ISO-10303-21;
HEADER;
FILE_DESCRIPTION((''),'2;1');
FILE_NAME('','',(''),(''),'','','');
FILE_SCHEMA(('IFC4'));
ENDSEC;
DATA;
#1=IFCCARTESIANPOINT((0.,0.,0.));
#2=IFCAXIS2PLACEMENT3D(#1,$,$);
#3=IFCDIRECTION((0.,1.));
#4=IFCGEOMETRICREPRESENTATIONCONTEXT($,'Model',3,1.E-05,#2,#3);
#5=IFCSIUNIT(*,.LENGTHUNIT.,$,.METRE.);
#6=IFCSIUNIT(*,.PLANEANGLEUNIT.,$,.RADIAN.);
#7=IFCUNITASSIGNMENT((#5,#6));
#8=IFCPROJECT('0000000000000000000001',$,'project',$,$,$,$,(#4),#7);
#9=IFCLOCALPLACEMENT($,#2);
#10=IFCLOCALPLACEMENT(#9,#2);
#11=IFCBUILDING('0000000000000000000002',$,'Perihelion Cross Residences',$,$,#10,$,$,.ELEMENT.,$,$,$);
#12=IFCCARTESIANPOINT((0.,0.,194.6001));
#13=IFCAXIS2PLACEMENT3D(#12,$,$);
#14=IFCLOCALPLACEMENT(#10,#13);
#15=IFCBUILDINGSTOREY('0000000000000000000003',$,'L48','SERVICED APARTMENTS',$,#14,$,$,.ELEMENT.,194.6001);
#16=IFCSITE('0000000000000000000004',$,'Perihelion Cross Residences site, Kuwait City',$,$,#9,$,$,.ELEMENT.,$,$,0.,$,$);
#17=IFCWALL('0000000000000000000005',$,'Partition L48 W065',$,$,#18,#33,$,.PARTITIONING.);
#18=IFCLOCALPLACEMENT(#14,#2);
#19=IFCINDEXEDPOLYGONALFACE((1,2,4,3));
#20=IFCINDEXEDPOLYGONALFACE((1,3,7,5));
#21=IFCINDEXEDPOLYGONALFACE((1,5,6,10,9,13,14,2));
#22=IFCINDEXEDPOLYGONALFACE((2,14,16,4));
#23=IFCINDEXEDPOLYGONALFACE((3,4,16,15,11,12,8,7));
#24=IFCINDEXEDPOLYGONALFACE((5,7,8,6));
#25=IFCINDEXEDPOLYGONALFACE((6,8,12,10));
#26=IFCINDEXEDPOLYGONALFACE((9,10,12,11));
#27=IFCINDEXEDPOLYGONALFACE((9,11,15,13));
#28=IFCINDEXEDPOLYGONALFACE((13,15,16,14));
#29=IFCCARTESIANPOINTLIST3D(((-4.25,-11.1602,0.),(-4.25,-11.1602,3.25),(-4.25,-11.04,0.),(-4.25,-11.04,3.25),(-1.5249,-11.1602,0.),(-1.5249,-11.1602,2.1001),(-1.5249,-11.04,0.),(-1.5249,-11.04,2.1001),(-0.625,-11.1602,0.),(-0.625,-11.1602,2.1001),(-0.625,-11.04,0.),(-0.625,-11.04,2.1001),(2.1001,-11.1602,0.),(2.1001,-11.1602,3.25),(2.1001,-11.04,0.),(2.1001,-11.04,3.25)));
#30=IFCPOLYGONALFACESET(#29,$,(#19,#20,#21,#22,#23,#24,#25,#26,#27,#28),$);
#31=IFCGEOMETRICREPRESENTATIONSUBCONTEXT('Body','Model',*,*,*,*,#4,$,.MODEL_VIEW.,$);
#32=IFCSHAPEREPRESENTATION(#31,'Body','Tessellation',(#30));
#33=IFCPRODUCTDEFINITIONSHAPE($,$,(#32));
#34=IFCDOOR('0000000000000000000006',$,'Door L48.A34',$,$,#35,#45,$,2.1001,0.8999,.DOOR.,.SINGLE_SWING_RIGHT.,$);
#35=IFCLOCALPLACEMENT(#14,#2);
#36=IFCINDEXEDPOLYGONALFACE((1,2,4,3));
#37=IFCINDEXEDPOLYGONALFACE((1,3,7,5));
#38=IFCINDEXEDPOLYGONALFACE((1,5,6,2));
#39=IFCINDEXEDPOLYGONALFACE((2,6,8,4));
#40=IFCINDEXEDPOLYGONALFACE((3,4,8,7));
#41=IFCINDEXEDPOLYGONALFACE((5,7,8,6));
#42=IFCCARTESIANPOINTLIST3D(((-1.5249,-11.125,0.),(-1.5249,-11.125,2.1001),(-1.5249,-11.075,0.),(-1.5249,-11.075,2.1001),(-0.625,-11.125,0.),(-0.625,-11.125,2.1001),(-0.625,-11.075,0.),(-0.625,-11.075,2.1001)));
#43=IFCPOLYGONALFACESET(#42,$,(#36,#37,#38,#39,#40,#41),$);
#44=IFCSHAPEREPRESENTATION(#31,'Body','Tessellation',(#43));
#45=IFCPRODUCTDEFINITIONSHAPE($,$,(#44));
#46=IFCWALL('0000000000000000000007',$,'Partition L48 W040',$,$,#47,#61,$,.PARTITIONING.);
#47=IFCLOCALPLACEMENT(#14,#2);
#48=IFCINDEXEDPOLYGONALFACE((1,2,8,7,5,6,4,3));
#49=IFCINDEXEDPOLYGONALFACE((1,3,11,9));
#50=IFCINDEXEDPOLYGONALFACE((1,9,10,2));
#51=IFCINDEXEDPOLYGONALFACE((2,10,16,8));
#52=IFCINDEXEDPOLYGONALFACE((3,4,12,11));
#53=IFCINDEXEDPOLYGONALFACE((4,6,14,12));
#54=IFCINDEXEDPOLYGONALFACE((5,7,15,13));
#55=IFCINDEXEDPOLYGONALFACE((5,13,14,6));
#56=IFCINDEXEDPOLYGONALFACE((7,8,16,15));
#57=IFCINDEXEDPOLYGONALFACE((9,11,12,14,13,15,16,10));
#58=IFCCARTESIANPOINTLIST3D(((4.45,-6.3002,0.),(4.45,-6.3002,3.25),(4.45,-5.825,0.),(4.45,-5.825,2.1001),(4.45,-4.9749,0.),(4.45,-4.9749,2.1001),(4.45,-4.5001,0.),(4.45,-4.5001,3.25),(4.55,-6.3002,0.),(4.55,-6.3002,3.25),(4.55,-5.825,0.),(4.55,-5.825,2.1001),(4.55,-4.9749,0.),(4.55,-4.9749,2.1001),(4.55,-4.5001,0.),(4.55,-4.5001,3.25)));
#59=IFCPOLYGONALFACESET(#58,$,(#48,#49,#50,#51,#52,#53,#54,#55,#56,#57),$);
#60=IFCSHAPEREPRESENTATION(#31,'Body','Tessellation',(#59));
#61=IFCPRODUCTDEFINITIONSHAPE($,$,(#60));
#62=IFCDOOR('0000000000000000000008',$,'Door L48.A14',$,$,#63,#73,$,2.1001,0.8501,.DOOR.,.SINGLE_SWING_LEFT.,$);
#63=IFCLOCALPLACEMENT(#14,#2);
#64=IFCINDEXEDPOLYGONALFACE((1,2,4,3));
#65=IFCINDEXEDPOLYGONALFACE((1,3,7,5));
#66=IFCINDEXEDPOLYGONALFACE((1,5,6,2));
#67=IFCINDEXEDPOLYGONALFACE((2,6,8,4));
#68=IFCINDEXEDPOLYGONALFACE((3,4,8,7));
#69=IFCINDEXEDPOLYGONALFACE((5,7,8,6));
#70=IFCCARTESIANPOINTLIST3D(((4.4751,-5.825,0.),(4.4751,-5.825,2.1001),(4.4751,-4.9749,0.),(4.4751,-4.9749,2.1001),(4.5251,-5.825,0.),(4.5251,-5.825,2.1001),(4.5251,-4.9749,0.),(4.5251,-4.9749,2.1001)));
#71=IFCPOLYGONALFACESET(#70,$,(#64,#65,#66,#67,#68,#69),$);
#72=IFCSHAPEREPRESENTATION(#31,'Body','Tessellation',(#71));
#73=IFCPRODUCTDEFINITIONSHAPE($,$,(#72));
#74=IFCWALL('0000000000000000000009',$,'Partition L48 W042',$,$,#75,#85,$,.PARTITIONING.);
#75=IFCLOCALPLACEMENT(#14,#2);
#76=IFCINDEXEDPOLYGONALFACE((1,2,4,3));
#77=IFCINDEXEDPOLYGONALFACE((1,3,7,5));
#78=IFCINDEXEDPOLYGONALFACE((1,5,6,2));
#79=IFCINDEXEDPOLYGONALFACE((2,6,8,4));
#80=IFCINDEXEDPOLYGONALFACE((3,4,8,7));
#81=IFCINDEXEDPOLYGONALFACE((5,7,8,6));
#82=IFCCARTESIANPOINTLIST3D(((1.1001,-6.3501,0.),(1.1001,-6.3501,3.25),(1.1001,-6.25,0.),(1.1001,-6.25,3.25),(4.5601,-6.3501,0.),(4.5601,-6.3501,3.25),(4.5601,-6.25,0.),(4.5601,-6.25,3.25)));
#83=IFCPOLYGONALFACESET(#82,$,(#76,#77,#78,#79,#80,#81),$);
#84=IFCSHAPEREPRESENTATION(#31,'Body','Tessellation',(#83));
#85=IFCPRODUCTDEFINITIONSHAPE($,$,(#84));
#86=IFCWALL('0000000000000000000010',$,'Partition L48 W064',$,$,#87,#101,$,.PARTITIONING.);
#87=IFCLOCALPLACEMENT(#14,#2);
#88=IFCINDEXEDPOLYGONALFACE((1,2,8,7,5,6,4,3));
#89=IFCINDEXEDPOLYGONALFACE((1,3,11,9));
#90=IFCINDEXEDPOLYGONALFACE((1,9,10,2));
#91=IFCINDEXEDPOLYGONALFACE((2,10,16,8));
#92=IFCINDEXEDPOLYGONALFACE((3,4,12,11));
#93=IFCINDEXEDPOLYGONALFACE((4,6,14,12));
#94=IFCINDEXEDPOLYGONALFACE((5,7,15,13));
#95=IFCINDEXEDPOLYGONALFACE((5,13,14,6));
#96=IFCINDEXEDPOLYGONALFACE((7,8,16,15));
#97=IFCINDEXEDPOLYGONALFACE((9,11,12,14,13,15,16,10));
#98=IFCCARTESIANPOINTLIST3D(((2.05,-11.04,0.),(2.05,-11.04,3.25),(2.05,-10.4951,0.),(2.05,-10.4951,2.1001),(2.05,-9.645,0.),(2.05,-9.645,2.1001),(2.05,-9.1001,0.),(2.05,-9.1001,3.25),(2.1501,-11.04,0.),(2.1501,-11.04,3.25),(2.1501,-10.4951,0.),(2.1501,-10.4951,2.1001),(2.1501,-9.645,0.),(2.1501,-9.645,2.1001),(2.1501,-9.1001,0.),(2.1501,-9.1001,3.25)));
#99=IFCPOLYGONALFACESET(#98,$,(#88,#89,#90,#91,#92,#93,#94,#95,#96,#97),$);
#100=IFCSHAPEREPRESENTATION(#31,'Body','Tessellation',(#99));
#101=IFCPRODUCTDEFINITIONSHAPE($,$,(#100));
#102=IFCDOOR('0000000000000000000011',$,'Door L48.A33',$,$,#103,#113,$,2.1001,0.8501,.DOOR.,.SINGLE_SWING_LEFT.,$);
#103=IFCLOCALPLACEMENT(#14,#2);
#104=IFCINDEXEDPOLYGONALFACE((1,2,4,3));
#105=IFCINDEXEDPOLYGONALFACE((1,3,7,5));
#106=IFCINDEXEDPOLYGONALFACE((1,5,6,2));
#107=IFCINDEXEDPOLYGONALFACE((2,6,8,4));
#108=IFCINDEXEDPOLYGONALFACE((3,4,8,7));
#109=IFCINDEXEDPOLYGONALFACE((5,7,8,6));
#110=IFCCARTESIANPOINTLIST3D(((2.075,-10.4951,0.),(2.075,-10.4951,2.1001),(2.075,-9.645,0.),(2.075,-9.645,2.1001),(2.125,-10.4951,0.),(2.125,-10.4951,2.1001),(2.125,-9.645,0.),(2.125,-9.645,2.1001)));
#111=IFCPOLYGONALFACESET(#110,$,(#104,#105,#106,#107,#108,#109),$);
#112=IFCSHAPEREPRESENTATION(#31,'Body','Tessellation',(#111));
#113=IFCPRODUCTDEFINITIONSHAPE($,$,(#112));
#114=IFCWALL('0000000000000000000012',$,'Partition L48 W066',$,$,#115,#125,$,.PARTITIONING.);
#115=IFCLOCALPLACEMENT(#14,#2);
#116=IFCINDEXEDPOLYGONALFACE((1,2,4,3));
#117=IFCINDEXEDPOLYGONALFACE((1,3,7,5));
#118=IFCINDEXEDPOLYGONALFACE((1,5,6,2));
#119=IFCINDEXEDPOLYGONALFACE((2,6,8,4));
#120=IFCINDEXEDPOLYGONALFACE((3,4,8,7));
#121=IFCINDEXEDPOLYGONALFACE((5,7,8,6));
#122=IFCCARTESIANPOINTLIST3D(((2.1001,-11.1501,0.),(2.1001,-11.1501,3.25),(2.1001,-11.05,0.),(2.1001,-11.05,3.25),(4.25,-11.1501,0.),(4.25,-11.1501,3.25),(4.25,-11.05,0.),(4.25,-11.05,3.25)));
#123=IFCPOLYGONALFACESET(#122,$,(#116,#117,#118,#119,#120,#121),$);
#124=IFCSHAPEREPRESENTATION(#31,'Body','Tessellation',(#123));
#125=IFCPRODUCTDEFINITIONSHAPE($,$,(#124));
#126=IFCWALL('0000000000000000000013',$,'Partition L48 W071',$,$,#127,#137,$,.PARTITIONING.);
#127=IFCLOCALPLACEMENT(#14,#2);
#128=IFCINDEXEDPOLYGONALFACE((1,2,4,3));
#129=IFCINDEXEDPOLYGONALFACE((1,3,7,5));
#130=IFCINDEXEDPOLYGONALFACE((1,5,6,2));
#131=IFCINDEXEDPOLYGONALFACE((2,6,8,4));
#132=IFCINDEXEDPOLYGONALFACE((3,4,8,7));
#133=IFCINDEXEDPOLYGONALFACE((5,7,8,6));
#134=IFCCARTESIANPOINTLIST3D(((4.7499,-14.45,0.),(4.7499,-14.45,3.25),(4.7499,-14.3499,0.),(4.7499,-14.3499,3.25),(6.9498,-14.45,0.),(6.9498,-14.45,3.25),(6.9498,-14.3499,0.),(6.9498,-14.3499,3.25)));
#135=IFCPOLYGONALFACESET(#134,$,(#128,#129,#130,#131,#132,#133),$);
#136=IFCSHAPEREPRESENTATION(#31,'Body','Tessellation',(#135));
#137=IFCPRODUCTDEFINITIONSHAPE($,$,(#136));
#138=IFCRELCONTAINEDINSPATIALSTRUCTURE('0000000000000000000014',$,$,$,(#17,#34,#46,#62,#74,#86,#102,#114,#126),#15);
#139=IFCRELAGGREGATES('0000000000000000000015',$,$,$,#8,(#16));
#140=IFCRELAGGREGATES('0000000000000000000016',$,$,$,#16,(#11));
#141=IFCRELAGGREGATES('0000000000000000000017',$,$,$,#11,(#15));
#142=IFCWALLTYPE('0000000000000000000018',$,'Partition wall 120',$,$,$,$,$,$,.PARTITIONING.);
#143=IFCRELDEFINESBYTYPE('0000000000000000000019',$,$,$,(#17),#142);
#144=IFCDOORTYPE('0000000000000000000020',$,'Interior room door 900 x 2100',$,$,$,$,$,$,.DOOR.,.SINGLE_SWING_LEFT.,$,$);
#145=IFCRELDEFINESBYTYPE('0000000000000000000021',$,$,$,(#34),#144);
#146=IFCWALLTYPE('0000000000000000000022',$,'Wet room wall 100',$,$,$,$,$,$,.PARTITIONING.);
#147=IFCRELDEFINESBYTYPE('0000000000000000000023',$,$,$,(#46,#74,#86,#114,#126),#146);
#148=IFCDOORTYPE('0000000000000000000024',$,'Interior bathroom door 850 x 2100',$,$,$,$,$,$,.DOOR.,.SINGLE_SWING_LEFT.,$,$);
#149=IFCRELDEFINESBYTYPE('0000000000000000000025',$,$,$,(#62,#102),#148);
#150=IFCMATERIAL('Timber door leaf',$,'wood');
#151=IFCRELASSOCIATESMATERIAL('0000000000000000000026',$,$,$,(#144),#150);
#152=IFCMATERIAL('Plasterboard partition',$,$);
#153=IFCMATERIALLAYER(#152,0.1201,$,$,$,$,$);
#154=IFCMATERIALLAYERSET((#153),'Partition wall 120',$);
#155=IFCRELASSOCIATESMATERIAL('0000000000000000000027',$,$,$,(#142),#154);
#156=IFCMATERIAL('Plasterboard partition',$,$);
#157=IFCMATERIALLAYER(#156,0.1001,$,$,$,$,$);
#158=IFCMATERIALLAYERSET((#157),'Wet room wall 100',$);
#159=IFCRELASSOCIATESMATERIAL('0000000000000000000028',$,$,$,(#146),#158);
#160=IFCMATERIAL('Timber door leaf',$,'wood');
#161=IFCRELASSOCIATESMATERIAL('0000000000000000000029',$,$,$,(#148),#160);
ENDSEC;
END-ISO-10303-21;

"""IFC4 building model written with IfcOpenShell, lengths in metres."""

from ifc_helpers import new_model, si_unit, direction, frame, frame_2d, origin, place, context, subcontext, project, spatial, rectangle, extrude, material, layer, layer_set, type_object, element, fill, save


model = new_model("IFC4")

# Units and contexts
model_context = context("Model", 3, precision=1e-05, world=origin(), true_north=direction((0.0, 1.0)))
body_context = subcontext(model_context, "Body", "Model", "MODEL_VIEW")
ifc_project = project(units=[si_unit("LENGTHUNIT", "METRE"), si_unit("PLANEANGLEUNIT", "RADIAN")], contexts=[model_context])

# Site, building, storey
site_placement = place(None, origin())
site = spatial("IfcSite", under=ifc_project, at=site_placement, Name="Perihelion Cross Residences site, Kuwait City", CompositionType="ELEMENT", RefElevation=0.0)
building_placement = place(site_placement, origin())
building = spatial("IfcBuilding", under=site, at=building_placement, Name="Perihelion Cross Residences", CompositionType="ELEMENT")
storey_placement = place(building_placement, frame((0.0, 0.0, 194.6001)))
storey = spatial("IfcBuildingStorey", under=building, at=storey_placement, Name="L48", Description="SERVICED APARTMENTS", CompositionType="ELEMENT", Elevation=194.6001)

# Walls, openings, doors
ifc_material_1 = material(Name="Timber door leaf", Category="wood")
door_type_1 = type_object("IfcDoorType", Name="Interior room door 900 x 2100", OperationType="SINGLE_SWING_LEFT", PredefinedType="DOOR", material=ifc_material_1)
ifc_material_2 = material(Name="Plasterboard partition")
ifc_layer_1 = layer(ifc_material_2, 0.1201)
ifc_layer_set_1 = layer_set([ifc_layer_1], Name="Partition wall 120")
wall_type_1 = type_object("IfcWallType", Name="Partition wall 120", PredefinedType="PARTITIONING", material=ifc_layer_set_1)
wall_1_placement = place(storey_placement, frame((2.1001, -11.1001, 0.0), z_axis=(0.0, 0.0, 1.0), x_axis=(-1.0, 0.0, 0.0)))
wall_1 = element("IfcWall", 1, at=wall_1_placement, inside=storey, type_object=wall_type_1, Name="Partition L48 W065", PredefinedType="PARTITIONING", context=body_context, shape_type="SweptSolid", body=[
    extrude(rectangle(XDim=6.3501, YDim=0.1201, at=frame_2d((3.175, 0.0))), origin(), (0.0, 0.0, 1.0), 3.25),
])
opening_1_placement = place(wall_1_placement, frame((2.7251, 0.0, 0.0)))
opening_1 = element("IfcOpeningElement", 2, at=opening_1_placement, cuts=wall_1, PredefinedType="OPENING", context=body_context, shape_type="SweptSolid", body=[
    extrude(rectangle(XDim=0.8999, YDim=2.1001, at=frame_2d((0.45, 1.05))), frame((0.0, 0.0701, 0.0), z_axis=(0.0, -1.0, 0.0), x_axis=(1.0, 0.0, 0.0)), (0.0, 0.0, 1.0), 0.1401),
])
door_1_placement = place(opening_1_placement, origin())
door_1 = element("IfcDoor", 3, at=door_1_placement, inside=storey, type_object=door_type_1, Name="Door L48.A34", OperationType="SINGLE_SWING_RIGHT", OverallHeight=2.1001, OverallWidth=0.8999, PredefinedType="DOOR", context=body_context, shape_type="SweptSolid", body=[
    extrude(rectangle(XDim=0.8999, YDim=2.1001, at=frame_2d((0.45, 1.05))), frame((0.0, 0.0249, 0.0), z_axis=(0.0, -1.0, 0.0), x_axis=(1.0, 0.0, 0.0)), (0.0, 0.0, 1.0), 0.05),
])
fill(opening_1, door_1)
ifc_material_3 = material(Name="Plasterboard partition")
ifc_layer_2 = layer(ifc_material_3, 0.1001)
ifc_layer_set_2 = layer_set([ifc_layer_2], Name="Wet room wall 100")
wall_type_2 = type_object("IfcWallType", Name="Wet room wall 100", PredefinedType="PARTITIONING", material=ifc_layer_set_2)
wall_2_placement = place(storey_placement, frame((4.5, -6.3, 0.0), z_axis=(0.0, 0.0, 1.0), x_axis=(0.0, 1.0, 0.0)))
wall_2 = element("IfcWall", 4, at=wall_2_placement, inside=storey, type_object=wall_type_2, Name="Partition L48 W040", PredefinedType="PARTITIONING", context=body_context, shape_type="SweptSolid", body=[
    extrude(rectangle(XDim=1.8, YDim=0.1001, at=frame_2d((0.8999, 0.0))), origin(), (0.0, 0.0, 1.0), 3.25),
])
opening_2_placement = place(wall_2_placement, frame((0.4751, 0.0, 0.0)))
opening_2 = element("IfcOpeningElement", 5, at=opening_2_placement, cuts=wall_2, PredefinedType="OPENING", context=body_context, shape_type="SweptSolid", body=[
    extrude(rectangle(XDim=0.8501, YDim=2.1001, at=frame_2d((0.425, 1.05))), frame((0.0, 0.0601, 0.0), z_axis=(0.0, -1.0, 0.0), x_axis=(1.0, 0.0, 0.0)), (0.0, 0.0, 1.0), 0.1201),
])
ifc_material_4 = material(Name="Timber door leaf", Category="wood")
door_type_2 = type_object("IfcDoorType", Name="Interior bathroom door 850 x 2100", OperationType="SINGLE_SWING_LEFT", PredefinedType="DOOR", material=ifc_material_4)
door_2_placement = place(opening_2_placement, origin())
door_2 = element("IfcDoor", 6, at=door_2_placement, inside=storey, type_object=door_type_2, Name="Door L48.A14", OperationType="SINGLE_SWING_LEFT", OverallHeight=2.1001, OverallWidth=0.8501, PredefinedType="DOOR", context=body_context, shape_type="SweptSolid", body=[
    extrude(rectangle(XDim=0.8501, YDim=2.1001, at=frame_2d((0.425, 1.05))), frame((0.0, 0.0249, 0.0), z_axis=(0.0, -1.0, 0.0), x_axis=(1.0, 0.0, 0.0)), (0.0, 0.0, 1.0), 0.05),
])
fill(opening_2, door_2)

# Wall
wall_3_placement = place(storey_placement, frame((4.5601, -6.3, 0.0), z_axis=(0.0, 0.0, 1.0), x_axis=(-1.0, 0.0, 0.0)))
element("IfcWall", 7, at=wall_3_placement, inside=storey, type_object=wall_type_2, Name="Partition L48 W042", PredefinedType="PARTITIONING", context=body_context, shape_type="SweptSolid", body=[
    extrude(rectangle(XDim=3.46, YDim=0.1001, at=frame_2d((1.73, 0.0))), origin(), (0.0, 0.0, 1.0), 3.25),
])

# Wall, opening, door
wall_4_placement = place(storey_placement, frame((2.1001, -9.1001, 0.0), z_axis=(0.0, 0.0, 1.0), x_axis=(0.0, -1.0, 0.0)))
wall_4 = element("IfcWall", 8, at=wall_4_placement, inside=storey, type_object=wall_type_2, Name="Partition L48 W064", PredefinedType="PARTITIONING", context=body_context, shape_type="SweptSolid", body=[
    extrude(rectangle(XDim=1.9399, YDim=0.1001, at=frame_2d((0.97, 0.0))), origin(), (0.0, 0.0, 1.0), 3.25),
])
opening_3_placement = place(wall_4_placement, frame((0.5449, 0.0, 0.0)))
opening_3 = element("IfcOpeningElement", 9, at=opening_3_placement, cuts=wall_4, PredefinedType="OPENING", context=body_context, shape_type="SweptSolid", body=[
    extrude(rectangle(XDim=0.8501, YDim=2.1001, at=frame_2d((0.425, 1.05))), frame((0.0, 0.0601, 0.0), z_axis=(0.0, -1.0, 0.0), x_axis=(1.0, 0.0, 0.0)), (0.0, 0.0, 1.0), 0.1201),
])
door_3_placement = place(opening_3_placement, origin())
door_3 = element("IfcDoor", 10, at=door_3_placement, inside=storey, type_object=door_type_2, Name="Door L48.A33", OperationType="SINGLE_SWING_LEFT", OverallHeight=2.1001, OverallWidth=0.8501, PredefinedType="DOOR", context=body_context, shape_type="SweptSolid", body=[
    extrude(rectangle(XDim=0.8501, YDim=2.1001, at=frame_2d((0.425, 1.05))), frame((0.0, 0.0249, 0.0), z_axis=(0.0, -1.0, 0.0), x_axis=(1.0, 0.0, 0.0)), (0.0, 0.0, 1.0), 0.05),
])
fill(opening_3, door_3)

# Walls
wall_5_placement = place(storey_placement, frame((4.25, -11.1001, 0.0), z_axis=(0.0, 0.0, 1.0), x_axis=(-1.0, 0.0, 0.0)))
element("IfcWall", 11, at=wall_5_placement, inside=storey, type_object=wall_type_2, Name="Partition L48 W066", PredefinedType="PARTITIONING", context=body_context, shape_type="SweptSolid", body=[
    extrude(rectangle(XDim=2.1499, YDim=0.1001, at=frame_2d((1.075, 0.0))), origin(), (0.0, 0.0, 1.0), 3.25),
])
wall_6_placement = place(storey_placement, frame((6.95, -14.3999, 0.0), z_axis=(0.0, 0.0, 1.0), x_axis=(-1.0, 0.0, 0.0)))
element("IfcWall", 12, at=wall_6_placement, inside=storey, type_object=wall_type_2, Name="Partition L48 W071", PredefinedType="PARTITIONING", context=body_context, shape_type="SweptSolid", body=[
    extrude(rectangle(XDim=2.2, YDim=0.1001, at=frame_2d((1.1001, 0.0))), origin(), (0.0, 0.0, 1.0), 3.25),
])

save(model, "model.ifc")
